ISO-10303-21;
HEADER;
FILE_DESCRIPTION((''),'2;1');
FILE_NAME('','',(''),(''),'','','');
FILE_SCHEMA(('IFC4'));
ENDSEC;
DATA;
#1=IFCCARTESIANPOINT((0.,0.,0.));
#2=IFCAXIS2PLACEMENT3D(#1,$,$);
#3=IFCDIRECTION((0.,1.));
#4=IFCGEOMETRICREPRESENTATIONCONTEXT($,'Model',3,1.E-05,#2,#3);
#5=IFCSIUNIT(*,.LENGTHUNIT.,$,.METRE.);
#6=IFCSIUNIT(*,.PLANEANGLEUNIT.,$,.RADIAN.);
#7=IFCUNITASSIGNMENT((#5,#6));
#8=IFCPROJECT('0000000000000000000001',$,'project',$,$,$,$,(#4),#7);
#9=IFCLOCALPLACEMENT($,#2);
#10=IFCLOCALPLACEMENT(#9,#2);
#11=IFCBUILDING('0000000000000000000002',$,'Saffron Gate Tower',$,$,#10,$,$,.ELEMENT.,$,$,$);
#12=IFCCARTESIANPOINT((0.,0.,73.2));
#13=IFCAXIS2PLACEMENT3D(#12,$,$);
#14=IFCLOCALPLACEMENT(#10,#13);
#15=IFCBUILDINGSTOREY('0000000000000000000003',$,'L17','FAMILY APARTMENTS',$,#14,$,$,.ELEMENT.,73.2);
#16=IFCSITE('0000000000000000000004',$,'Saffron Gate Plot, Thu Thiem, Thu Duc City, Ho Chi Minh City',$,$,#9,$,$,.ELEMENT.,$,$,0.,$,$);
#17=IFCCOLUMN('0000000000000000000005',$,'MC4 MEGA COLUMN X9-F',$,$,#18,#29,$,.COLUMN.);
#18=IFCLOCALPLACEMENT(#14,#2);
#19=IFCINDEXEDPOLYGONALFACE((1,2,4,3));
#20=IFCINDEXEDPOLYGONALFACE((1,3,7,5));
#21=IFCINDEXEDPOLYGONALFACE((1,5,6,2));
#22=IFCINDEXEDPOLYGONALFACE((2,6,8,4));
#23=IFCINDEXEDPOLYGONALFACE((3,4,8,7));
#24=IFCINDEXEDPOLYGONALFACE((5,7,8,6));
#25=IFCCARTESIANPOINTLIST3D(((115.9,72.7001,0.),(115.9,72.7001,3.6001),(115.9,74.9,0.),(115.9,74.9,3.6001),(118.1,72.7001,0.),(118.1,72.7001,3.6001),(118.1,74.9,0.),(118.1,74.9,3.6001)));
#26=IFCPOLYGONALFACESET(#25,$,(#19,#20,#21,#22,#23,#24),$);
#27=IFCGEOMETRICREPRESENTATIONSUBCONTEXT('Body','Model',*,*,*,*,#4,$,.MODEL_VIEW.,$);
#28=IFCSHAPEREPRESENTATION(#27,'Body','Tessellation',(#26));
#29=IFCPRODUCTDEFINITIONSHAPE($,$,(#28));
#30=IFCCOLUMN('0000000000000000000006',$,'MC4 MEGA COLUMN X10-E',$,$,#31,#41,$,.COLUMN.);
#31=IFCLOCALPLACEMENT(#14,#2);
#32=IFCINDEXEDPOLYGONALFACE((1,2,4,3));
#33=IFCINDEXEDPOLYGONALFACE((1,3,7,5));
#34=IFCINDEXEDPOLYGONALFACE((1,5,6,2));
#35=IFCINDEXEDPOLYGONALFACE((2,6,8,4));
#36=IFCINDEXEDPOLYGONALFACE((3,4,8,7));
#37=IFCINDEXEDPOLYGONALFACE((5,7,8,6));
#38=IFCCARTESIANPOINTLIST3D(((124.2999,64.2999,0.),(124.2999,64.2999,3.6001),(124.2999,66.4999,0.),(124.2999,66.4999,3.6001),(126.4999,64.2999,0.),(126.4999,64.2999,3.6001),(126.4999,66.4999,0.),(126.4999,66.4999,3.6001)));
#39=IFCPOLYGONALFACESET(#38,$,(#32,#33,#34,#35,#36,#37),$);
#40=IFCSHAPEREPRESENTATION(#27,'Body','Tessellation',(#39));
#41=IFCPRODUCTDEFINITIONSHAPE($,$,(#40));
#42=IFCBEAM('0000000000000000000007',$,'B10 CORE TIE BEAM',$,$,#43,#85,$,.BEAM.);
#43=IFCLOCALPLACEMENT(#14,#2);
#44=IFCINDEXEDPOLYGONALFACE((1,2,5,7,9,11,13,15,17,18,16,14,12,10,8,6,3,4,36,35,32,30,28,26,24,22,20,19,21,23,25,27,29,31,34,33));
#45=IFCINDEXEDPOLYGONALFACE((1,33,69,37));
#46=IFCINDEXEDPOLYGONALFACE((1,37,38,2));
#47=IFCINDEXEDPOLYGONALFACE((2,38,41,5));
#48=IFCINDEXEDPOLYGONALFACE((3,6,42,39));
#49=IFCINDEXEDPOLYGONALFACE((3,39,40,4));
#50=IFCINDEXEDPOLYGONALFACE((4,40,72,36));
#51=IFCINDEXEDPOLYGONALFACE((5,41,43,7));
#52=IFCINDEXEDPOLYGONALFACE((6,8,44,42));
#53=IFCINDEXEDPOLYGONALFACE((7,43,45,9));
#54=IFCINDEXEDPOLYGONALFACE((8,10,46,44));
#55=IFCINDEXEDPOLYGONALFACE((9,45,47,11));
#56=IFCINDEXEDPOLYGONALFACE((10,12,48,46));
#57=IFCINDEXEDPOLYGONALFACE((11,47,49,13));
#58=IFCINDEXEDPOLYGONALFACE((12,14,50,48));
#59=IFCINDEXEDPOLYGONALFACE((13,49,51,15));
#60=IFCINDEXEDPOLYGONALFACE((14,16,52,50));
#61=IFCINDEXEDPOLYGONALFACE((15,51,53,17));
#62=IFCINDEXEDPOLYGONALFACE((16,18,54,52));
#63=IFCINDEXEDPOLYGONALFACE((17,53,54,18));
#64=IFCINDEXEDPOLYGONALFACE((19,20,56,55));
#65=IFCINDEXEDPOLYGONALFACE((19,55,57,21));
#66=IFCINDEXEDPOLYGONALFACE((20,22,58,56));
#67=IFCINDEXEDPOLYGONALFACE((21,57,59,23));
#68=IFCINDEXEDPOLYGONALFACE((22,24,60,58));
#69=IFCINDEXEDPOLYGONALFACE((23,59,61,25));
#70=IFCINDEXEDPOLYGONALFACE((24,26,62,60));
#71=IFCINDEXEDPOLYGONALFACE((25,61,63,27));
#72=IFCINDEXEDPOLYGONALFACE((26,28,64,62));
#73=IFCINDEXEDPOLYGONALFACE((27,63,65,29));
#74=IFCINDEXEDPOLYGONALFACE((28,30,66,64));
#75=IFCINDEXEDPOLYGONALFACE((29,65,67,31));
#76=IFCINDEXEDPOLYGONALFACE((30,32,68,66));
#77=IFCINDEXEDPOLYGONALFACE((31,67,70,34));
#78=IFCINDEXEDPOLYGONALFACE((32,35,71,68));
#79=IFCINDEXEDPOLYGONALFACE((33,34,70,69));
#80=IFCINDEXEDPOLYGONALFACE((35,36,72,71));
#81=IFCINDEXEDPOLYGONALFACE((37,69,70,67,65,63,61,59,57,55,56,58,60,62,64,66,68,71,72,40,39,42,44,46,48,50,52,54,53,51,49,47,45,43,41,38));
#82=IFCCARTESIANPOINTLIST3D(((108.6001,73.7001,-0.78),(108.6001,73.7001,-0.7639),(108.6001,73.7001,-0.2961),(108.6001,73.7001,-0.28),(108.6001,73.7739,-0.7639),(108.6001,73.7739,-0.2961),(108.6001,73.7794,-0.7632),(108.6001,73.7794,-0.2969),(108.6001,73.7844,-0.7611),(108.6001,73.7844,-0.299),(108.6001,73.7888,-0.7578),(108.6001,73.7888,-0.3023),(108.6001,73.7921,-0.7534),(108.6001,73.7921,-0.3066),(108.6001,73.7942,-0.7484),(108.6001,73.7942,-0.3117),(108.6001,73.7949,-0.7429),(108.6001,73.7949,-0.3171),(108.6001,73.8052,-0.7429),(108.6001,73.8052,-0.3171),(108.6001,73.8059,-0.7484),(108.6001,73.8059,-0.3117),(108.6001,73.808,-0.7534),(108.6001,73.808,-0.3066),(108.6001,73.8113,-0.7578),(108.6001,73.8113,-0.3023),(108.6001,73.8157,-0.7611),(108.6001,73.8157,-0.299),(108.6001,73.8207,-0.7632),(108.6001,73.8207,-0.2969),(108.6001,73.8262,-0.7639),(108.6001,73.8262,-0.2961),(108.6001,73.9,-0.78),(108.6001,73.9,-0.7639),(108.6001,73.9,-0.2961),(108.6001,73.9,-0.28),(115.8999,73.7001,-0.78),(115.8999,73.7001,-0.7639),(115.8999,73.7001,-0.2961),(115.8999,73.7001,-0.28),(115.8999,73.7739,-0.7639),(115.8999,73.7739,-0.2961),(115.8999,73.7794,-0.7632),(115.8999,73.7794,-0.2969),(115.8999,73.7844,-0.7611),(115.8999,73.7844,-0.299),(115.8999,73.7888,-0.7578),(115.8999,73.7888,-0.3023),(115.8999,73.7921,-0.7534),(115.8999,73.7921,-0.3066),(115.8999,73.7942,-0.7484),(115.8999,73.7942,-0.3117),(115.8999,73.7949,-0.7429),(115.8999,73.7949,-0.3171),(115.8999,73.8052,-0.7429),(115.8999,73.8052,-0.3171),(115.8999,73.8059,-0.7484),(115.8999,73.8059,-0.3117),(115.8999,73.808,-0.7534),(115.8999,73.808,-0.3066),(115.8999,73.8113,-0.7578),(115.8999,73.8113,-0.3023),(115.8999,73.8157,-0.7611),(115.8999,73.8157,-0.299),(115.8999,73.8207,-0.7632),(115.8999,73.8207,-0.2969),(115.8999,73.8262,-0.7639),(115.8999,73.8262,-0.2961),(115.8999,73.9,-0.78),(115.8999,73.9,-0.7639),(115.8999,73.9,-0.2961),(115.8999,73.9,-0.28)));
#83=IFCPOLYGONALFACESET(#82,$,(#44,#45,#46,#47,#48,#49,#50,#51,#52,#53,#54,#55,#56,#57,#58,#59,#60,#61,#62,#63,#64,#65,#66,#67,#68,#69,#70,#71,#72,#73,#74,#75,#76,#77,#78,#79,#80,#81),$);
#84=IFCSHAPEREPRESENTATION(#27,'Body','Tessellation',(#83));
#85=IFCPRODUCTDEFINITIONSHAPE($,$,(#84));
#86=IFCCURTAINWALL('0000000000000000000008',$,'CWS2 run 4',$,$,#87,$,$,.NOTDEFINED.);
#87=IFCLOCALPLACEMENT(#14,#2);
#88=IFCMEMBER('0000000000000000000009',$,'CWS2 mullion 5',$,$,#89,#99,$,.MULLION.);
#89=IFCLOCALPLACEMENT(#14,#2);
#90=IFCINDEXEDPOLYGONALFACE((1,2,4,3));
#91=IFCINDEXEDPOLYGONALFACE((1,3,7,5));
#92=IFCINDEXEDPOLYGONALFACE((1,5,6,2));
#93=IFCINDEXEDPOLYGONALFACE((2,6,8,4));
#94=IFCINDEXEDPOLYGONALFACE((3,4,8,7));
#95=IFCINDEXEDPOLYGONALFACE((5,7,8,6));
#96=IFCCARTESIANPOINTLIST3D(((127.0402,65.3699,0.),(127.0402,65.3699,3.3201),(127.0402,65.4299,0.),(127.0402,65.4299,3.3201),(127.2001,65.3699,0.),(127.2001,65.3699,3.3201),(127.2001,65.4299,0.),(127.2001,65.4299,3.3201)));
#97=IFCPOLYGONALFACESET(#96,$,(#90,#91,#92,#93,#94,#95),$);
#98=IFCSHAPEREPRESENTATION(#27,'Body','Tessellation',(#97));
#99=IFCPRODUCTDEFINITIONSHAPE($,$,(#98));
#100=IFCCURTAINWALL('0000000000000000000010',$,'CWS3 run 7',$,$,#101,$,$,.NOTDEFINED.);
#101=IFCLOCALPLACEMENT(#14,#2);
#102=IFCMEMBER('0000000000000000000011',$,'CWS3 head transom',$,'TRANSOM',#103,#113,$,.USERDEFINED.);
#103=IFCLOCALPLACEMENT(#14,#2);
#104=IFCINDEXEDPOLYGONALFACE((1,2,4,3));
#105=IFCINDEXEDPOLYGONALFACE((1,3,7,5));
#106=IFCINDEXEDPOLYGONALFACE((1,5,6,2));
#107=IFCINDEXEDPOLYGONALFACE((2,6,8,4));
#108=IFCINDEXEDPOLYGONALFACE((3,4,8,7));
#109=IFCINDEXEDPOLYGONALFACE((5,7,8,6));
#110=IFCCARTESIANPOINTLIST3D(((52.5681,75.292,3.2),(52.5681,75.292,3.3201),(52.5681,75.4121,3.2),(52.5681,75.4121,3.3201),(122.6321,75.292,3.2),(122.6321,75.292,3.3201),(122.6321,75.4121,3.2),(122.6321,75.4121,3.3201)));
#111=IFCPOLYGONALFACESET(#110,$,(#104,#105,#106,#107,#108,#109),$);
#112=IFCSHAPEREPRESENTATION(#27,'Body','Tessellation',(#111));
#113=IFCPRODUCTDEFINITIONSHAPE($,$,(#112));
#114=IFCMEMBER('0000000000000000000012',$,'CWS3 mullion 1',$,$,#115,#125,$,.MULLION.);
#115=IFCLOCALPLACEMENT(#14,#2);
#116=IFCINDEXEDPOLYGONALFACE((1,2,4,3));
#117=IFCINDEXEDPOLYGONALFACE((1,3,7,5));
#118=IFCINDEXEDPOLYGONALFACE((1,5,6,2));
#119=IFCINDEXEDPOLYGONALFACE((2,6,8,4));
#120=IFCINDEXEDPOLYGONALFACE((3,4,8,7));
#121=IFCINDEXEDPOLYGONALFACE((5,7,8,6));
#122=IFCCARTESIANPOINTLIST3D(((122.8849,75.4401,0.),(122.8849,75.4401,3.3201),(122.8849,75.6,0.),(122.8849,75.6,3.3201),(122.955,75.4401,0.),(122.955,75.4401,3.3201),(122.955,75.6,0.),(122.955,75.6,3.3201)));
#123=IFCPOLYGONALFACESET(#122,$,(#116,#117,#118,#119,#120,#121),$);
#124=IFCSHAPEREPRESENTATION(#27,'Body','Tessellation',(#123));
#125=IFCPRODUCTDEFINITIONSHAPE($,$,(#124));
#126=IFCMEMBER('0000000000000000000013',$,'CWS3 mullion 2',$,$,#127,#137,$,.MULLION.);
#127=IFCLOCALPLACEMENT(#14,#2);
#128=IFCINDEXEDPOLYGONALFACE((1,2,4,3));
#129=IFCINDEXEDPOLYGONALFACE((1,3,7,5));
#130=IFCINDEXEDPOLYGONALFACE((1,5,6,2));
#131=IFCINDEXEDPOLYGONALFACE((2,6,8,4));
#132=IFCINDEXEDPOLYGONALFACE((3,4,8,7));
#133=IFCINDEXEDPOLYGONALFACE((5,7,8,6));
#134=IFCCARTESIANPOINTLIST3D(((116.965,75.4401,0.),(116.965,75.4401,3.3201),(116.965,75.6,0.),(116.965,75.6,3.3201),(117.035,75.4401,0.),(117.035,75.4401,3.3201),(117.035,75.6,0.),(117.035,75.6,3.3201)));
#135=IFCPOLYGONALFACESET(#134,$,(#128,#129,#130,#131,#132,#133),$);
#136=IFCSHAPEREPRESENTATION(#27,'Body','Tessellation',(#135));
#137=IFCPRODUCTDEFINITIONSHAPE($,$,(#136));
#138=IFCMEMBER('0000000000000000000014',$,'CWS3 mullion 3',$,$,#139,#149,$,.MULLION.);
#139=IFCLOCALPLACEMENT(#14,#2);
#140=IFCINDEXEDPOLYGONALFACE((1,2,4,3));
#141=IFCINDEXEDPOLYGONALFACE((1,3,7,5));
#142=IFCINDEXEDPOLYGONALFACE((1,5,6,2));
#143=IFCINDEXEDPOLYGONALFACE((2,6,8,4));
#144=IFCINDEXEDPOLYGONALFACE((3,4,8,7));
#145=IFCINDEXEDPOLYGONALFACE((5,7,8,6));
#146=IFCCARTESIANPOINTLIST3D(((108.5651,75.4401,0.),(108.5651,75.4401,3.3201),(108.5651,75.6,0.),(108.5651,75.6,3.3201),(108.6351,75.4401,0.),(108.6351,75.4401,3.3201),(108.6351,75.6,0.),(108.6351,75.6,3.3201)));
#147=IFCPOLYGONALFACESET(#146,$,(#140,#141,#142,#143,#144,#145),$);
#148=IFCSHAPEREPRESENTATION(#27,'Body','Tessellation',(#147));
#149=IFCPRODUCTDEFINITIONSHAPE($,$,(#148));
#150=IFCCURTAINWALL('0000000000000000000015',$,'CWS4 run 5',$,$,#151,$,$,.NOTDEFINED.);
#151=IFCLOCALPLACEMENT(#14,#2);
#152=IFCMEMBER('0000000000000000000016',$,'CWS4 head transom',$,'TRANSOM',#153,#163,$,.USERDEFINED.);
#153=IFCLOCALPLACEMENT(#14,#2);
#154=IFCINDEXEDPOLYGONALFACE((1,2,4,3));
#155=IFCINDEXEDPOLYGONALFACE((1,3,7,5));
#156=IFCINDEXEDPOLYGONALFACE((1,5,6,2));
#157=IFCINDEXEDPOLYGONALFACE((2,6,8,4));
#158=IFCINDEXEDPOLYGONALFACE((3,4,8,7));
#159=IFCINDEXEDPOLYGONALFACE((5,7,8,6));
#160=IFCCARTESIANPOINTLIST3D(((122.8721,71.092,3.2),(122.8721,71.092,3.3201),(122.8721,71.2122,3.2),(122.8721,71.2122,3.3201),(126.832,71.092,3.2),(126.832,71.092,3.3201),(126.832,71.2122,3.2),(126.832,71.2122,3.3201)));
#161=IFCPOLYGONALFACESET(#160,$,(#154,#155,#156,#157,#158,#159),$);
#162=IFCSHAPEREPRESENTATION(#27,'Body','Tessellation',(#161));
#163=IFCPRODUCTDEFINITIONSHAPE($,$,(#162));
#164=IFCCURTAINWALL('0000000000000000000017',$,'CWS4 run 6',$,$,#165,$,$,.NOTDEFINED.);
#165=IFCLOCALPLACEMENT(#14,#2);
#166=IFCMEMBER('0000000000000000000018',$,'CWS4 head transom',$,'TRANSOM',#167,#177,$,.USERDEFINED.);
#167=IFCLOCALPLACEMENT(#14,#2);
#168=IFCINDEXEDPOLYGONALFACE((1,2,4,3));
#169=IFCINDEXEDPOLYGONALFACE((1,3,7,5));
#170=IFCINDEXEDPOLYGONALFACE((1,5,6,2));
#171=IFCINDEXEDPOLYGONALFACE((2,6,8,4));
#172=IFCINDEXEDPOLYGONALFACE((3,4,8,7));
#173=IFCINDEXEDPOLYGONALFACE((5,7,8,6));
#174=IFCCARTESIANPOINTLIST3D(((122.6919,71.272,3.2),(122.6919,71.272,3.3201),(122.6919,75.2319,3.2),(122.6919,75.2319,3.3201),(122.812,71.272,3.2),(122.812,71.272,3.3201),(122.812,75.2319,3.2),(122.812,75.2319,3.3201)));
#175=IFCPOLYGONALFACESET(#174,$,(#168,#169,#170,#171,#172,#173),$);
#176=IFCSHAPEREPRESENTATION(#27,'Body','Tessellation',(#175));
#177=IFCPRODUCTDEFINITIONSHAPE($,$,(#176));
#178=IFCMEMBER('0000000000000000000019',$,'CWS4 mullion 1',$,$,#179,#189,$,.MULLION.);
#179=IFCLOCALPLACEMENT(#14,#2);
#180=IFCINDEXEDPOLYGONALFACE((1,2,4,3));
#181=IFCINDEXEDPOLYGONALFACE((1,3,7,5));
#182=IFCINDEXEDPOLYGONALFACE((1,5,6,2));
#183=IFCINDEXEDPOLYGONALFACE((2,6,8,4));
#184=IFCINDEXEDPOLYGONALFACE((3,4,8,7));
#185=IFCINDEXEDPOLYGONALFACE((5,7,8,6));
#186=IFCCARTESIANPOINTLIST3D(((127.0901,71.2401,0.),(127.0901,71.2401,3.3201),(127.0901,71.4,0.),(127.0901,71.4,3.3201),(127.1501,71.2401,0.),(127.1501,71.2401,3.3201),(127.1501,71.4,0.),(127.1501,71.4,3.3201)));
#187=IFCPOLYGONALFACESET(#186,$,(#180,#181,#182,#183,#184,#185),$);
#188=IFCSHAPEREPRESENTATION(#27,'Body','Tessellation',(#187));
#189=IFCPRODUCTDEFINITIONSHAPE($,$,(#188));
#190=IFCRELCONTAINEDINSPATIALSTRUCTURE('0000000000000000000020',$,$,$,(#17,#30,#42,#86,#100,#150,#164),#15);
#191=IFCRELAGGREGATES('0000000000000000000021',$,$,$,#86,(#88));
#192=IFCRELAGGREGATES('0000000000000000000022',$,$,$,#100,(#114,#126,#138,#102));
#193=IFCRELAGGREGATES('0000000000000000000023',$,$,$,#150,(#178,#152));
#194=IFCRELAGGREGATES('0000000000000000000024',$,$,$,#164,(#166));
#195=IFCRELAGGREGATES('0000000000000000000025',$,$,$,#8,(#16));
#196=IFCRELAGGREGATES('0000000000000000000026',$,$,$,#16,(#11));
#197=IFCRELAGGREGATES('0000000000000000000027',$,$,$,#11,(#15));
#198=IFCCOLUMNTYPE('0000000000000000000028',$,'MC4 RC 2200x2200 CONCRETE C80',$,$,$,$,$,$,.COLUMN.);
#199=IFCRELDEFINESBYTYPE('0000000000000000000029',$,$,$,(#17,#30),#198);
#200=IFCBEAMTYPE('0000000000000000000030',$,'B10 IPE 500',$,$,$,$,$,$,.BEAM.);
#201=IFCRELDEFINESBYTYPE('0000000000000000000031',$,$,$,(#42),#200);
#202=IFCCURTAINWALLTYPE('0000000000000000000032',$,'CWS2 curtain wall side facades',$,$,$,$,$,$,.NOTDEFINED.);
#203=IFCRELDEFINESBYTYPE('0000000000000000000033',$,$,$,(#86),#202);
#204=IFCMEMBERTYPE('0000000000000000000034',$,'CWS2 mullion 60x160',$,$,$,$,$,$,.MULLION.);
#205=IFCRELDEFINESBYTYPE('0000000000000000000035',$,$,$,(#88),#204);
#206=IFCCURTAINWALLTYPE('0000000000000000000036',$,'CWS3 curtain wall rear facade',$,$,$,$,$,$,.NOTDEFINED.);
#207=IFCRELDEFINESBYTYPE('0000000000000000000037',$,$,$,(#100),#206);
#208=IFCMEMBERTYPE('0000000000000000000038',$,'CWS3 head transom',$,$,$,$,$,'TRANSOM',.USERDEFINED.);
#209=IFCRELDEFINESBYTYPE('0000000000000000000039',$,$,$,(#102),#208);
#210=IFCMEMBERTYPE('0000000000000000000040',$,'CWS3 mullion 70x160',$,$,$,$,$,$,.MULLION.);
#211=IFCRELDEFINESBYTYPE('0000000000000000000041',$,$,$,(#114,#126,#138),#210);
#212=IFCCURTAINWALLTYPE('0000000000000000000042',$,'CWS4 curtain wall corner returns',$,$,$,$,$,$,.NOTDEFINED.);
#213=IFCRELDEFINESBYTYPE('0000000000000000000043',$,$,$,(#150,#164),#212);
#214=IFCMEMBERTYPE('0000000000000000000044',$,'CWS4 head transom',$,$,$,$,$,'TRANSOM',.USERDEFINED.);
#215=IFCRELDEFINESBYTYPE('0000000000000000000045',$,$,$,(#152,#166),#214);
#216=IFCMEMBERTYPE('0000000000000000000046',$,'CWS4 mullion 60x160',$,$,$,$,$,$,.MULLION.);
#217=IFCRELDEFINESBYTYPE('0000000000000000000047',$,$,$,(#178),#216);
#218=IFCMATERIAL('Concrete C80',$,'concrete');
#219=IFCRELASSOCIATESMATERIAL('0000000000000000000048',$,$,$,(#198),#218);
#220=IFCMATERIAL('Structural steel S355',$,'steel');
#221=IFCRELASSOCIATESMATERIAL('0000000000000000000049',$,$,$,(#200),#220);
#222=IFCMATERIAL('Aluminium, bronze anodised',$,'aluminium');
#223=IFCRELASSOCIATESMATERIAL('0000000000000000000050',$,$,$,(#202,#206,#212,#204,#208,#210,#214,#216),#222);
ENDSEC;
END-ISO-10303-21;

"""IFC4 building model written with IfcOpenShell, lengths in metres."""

from ifc_helpers import new_model, si_unit, direction, frame, origin, origin_2d, place, context, subcontext, project, spatial, rectangle, i_section, extrude, material, material_profile, profile_set, type_object, element, aggregate, save


model = new_model("IFC4")

# Units and contexts
model_context = context("Model", 3, precision=1e-05, world=origin(), true_north=direction((0.0, 1.0)))
body_context = subcontext(model_context, "Body", "Model", "MODEL_VIEW")
ifc_project = project(units=[si_unit("LENGTHUNIT", "METRE"), si_unit("PLANEANGLEUNIT", "RADIAN")], contexts=[model_context])

# Site, building, storey
site_placement = place(None, origin())
site = spatial("IfcSite", under=ifc_project, at=site_placement, Name="Saffron Gate Plot, Thu Thiem, Thu Duc City, Ho Chi Minh City", CompositionType="ELEMENT", RefElevation=0.0)
building_placement = place(site_placement, origin())
building = spatial("IfcBuilding", under=site, at=building_placement, Name="Saffron Gate Tower", CompositionType="ELEMENT")
storey_placement = place(building_placement, frame((0.0, 0.0, 73.2)))
storey = spatial("IfcBuildingStorey", under=building, at=storey_placement, Name="L17", Description="FAMILY APARTMENTS", CompositionType="ELEMENT", Elevation=73.2)

# Columns
ifc_material_1 = material(Name="Concrete C80", Category="concrete")
ifc_material_profile_1 = material_profile(ifc_material_1, rectangle(XDim=2.2, YDim=2.2, at=origin_2d()))
ifc_profile_set_1 = profile_set([ifc_material_profile_1], Name="Concrete C80")
column_type = type_object("IfcColumnType", Name="MC4 RC 2200x2200 CONCRETE C80", PredefinedType="COLUMN", material=ifc_profile_set_1)
for number, where, z_axis, x_axis, name in (
    (1, (117.0, 73.8, 0.0), (0.0, 0.0, 1.0), (1.0, 0.0, 0.0), "MC4 MEGA COLUMN X9-F"),
    (2, (125.3999, 65.3999, 0.0), (0.0, 0.0, 1.0), (1.0, 0.0, 0.0), "MC4 MEGA COLUMN X10-E"),
):
    element("IfcColumn", number, at=place(storey_placement, frame(where, z_axis=z_axis, x_axis=x_axis)), inside=storey, type_object=column_type, Name=name, PredefinedType="COLUMN", context=body_context, shape_type="SweptSolid", body=[
        extrude(rectangle(XDim=2.2, YDim=2.2, at=origin_2d()), origin(), (0.0, 0.0, 1.0), 3.6001),
    ])

# Beam
ifc_material_2 = material(Name="Structural steel S355", Category="steel")
ifc_material_profile_2 = material_profile(ifc_material_2, i_section(OverallWidth=0.2, OverallDepth=0.5, WebThickness=0.0103, FlangeThickness=0.0161, FilletRadius=0.021, at=origin_2d()))
ifc_profile_set_2 = profile_set([ifc_material_profile_2], Name="Structural steel S355")
beam_type = type_object("IfcBeamType", Name="B10 IPE 500", PredefinedType="BEAM", material=ifc_profile_set_2)
beam_placement = place(storey_placement, frame((115.8999, 73.8, -0.53), z_axis=(-1.0, 0.0, 0.0), x_axis=(0.0, -1.0, 0.0)))
element("IfcBeam", 3, at=beam_placement, inside=storey, type_object=beam_type, Name="B10 CORE TIE BEAM", PredefinedType="BEAM", context=body_context, shape_type="SweptSolid", body=[
    extrude(i_section(OverallWidth=0.2, OverallDepth=0.5, WebThickness=0.0103, FlangeThickness=0.0161, FilletRadius=0.021, at=origin_2d()), origin(), (0.0, 0.0, 1.0), 7.2998),
])

# Curtain wall, member
ifc_material_3 = material(Name="Aluminium, bronze anodised", Category="aluminium")
curtain_wall_type_1 = type_object("IfcCurtainWallType", Name="CWS2 curtain wall side facades", PredefinedType="NOTDEFINED", material=ifc_material_3)
curtain_wall_1_placement = place(storey_placement, origin())
curtain_wall_1 = element("IfcCurtainWall", 4, at=curtain_wall_1_placement, inside=storey, type_object=curtain_wall_type_1, Name="CWS2 run 4", PredefinedType="NOTDEFINED")
ifc_material_profile_3 = material_profile(ifc_material_3, rectangle(XDim=0.1599, YDim=0.0601, at=origin_2d()))
ifc_profile_set_3 = profile_set([ifc_material_profile_3], Name="Aluminium, bronze anodised")
member_type_1 = type_object("IfcMemberType", Name="CWS2 mullion 60x160", PredefinedType="MULLION", material=ifc_profile_set_3)
member_1_placement = place(storey_placement, frame((127.1201, 65.3999, 0.0), z_axis=(0.0, 0.0, 1.0), x_axis=(-1.0, 0.0, 0.0)))
member_1 = element("IfcMember", 5, at=member_1_placement, type_object=member_type_1, Name="CWS2 mullion 5", PredefinedType="MULLION", context=body_context, shape_type="SweptSolid", body=[
    extrude(rectangle(XDim=0.1599, YDim=0.0601, at=origin_2d()), origin(), (0.0, 0.0, 1.0), 3.3201),
])
aggregate(curtain_wall_1, [member_1])

# Curtain wall, members
curtain_wall_type_2 = type_object("IfcCurtainWallType", Name="CWS3 curtain wall rear facade", PredefinedType="NOTDEFINED", material=ifc_material_3)
curtain_wall_2_placement = place(storey_placement, origin())
curtain_wall_2 = element("IfcCurtainWall", 6, at=curtain_wall_2_placement, inside=storey, type_object=curtain_wall_type_2, Name="CWS3 run 7", PredefinedType="NOTDEFINED")
ifc_material_profile_4 = material_profile(ifc_material_3, rectangle(XDim=0.1201, YDim=0.1201, at=origin_2d()))
ifc_profile_set_4 = profile_set([ifc_material_profile_4], Name="Aluminium, bronze anodised")
member_type_2 = type_object("IfcMemberType", Name="CWS3 head transom", ElementType="TRANSOM", PredefinedType="USERDEFINED", material=ifc_profile_set_4)
member_2_placement = place(storey_placement, frame((122.6321, 75.3521, 3.26), z_axis=(-1.0, 0.0, 0.0), x_axis=(0.0, -1.0, 0.0)))
member_2 = element("IfcMember", 7, at=member_2_placement, type_object=member_type_2, Name="CWS3 head transom", ObjectType="TRANSOM", PredefinedType="USERDEFINED", context=body_context, shape_type="SweptSolid", body=[
    extrude(rectangle(XDim=0.1201, YDim=0.1201, at=origin_2d()), origin(), (0.0, 0.0, 1.0), 70.064),
])
ifc_material_profile_5 = material_profile(ifc_material_3, rectangle(XDim=0.1599, YDim=0.0701, at=origin_2d()))
ifc_profile_set_5 = profile_set([ifc_material_profile_5], Name="Aluminium, bronze anodised")
member_type_3 = type_object("IfcMemberType", Name="CWS3 mullion 70x160", PredefinedType="MULLION", material=ifc_profile_set_5)
member_3_placement = place(storey_placement, frame((122.9199, 75.52, 0.0), z_axis=(0.0, 0.0, 1.0), x_axis=(0.0, -1.0, 0.0)))
member_3 = element("IfcMember", 8, at=member_3_placement, type_object=member_type_3, Name="CWS3 mullion 1", PredefinedType="MULLION", context=body_context, shape_type="SweptSolid", body=[
    extrude(rectangle(XDim=0.1599, YDim=0.0701, at=origin_2d()), origin(), (0.0, 0.0, 1.0), 3.3201),
])
member_4_placement = place(storey_placement, frame((117.0, 75.52, 0.0), z_axis=(0.0, 0.0, 1.0), x_axis=(0.0, -1.0, 0.0)))
member_4 = element("IfcMember", 9, at=member_4_placement, type_object=member_type_3, Name="CWS3 mullion 2", PredefinedType="MULLION", context=body_context, shape_type="SweptSolid", body=[
    extrude(rectangle(XDim=0.1599, YDim=0.0701, at=origin_2d()), origin(), (0.0, 0.0, 1.0), 3.3201),
])
member_5_placement = place(storey_placement, frame((108.6001, 75.52, 0.0), z_axis=(0.0, 0.0, 1.0), x_axis=(0.0, -1.0, 0.0)))
member_5 = element("IfcMember", 10, at=member_5_placement, type_object=member_type_3, Name="CWS3 mullion 3", PredefinedType="MULLION", context=body_context, shape_type="SweptSolid", body=[
    extrude(rectangle(XDim=0.1599, YDim=0.0701, at=origin_2d()), origin(), (0.0, 0.0, 1.0), 3.3201),
])

# Curtain walls, members
curtain_wall_type_3 = type_object("IfcCurtainWallType", Name="CWS4 curtain wall corner returns", PredefinedType="NOTDEFINED", material=ifc_material_3)
curtain_wall_3_placement = place(storey_placement, origin())
curtain_wall_3 = element("IfcCurtainWall", 11, at=curtain_wall_3_placement, inside=storey, type_object=curtain_wall_type_3, Name="CWS4 run 5", PredefinedType="NOTDEFINED")
ifc_material_profile_6 = material_profile(ifc_material_3, rectangle(XDim=0.1201, YDim=0.1201, at=origin_2d()))
ifc_profile_set_6 = profile_set([ifc_material_profile_6], Name="Aluminium, bronze anodised")
member_type_4 = type_object("IfcMemberType", Name="CWS4 head transom", ElementType="TRANSOM", PredefinedType="USERDEFINED", material=ifc_profile_set_6)
member_6_placement = place(storey_placement, frame((126.832, 71.1521, 3.26), z_axis=(-1.0, 0.0, 0.0), x_axis=(0.0, -1.0, 0.0)))
member_6 = element("IfcMember", 12, at=member_6_placement, type_object=member_type_4, Name="CWS4 head transom", ObjectType="TRANSOM", PredefinedType="USERDEFINED", context=body_context, shape_type="SweptSolid", body=[
    extrude(rectangle(XDim=0.1201, YDim=0.1201, at=origin_2d()), origin(), (0.0, 0.0, 1.0), 3.96),
])
curtain_wall_4_placement = place(storey_placement, origin())
curtain_wall_4 = element("IfcCurtainWall", 13, at=curtain_wall_4_placement, inside=storey, type_object=curtain_wall_type_3, Name="CWS4 run 6", PredefinedType="NOTDEFINED")
member_7_placement = place(storey_placement, frame((122.752, 71.272, 3.26), z_axis=(0.0, 1.0, 0.0), x_axis=(-1.0, 0.0, 0.0)))
member_7 = element("IfcMember", 14, at=member_7_placement, type_object=member_type_4, Name="CWS4 head transom", ObjectType="TRANSOM", PredefinedType="USERDEFINED", context=body_context, shape_type="SweptSolid", body=[
    extrude(rectangle(XDim=0.1201, YDim=0.1201, at=origin_2d()), origin(), (0.0, 0.0, 1.0), 3.96),
])

# Member
ifc_material_profile_7 = material_profile(ifc_material_3, rectangle(XDim=0.1599, YDim=0.0601, at=origin_2d()))
ifc_profile_set_7 = profile_set([ifc_material_profile_7], Name="Aluminium, bronze anodised")
member_type_5 = type_object("IfcMemberType", Name="CWS4 mullion 60x160", PredefinedType="MULLION", material=ifc_profile_set_7)
member_8_placement = place(storey_placement, frame((127.1201, 71.3201, 0.0), z_axis=(0.0, 0.0, 1.0), x_axis=(0.0, -1.0, 0.0)))
member_8 = element("IfcMember", 15, at=member_8_placement, type_object=member_type_5, Name="CWS4 mullion 1", PredefinedType="MULLION", context=body_context, shape_type="SweptSolid", body=[
    extrude(rectangle(XDim=0.1599, YDim=0.0601, at=origin_2d()), origin(), (0.0, 0.0, 1.0), 3.3201),
])

aggregate(curtain_wall_2, [member_3, member_4, member_5, member_2])

aggregate(curtain_wall_3, [member_8, member_6])
aggregate(curtain_wall_4, [member_7])

save(model, "model.ifc")
